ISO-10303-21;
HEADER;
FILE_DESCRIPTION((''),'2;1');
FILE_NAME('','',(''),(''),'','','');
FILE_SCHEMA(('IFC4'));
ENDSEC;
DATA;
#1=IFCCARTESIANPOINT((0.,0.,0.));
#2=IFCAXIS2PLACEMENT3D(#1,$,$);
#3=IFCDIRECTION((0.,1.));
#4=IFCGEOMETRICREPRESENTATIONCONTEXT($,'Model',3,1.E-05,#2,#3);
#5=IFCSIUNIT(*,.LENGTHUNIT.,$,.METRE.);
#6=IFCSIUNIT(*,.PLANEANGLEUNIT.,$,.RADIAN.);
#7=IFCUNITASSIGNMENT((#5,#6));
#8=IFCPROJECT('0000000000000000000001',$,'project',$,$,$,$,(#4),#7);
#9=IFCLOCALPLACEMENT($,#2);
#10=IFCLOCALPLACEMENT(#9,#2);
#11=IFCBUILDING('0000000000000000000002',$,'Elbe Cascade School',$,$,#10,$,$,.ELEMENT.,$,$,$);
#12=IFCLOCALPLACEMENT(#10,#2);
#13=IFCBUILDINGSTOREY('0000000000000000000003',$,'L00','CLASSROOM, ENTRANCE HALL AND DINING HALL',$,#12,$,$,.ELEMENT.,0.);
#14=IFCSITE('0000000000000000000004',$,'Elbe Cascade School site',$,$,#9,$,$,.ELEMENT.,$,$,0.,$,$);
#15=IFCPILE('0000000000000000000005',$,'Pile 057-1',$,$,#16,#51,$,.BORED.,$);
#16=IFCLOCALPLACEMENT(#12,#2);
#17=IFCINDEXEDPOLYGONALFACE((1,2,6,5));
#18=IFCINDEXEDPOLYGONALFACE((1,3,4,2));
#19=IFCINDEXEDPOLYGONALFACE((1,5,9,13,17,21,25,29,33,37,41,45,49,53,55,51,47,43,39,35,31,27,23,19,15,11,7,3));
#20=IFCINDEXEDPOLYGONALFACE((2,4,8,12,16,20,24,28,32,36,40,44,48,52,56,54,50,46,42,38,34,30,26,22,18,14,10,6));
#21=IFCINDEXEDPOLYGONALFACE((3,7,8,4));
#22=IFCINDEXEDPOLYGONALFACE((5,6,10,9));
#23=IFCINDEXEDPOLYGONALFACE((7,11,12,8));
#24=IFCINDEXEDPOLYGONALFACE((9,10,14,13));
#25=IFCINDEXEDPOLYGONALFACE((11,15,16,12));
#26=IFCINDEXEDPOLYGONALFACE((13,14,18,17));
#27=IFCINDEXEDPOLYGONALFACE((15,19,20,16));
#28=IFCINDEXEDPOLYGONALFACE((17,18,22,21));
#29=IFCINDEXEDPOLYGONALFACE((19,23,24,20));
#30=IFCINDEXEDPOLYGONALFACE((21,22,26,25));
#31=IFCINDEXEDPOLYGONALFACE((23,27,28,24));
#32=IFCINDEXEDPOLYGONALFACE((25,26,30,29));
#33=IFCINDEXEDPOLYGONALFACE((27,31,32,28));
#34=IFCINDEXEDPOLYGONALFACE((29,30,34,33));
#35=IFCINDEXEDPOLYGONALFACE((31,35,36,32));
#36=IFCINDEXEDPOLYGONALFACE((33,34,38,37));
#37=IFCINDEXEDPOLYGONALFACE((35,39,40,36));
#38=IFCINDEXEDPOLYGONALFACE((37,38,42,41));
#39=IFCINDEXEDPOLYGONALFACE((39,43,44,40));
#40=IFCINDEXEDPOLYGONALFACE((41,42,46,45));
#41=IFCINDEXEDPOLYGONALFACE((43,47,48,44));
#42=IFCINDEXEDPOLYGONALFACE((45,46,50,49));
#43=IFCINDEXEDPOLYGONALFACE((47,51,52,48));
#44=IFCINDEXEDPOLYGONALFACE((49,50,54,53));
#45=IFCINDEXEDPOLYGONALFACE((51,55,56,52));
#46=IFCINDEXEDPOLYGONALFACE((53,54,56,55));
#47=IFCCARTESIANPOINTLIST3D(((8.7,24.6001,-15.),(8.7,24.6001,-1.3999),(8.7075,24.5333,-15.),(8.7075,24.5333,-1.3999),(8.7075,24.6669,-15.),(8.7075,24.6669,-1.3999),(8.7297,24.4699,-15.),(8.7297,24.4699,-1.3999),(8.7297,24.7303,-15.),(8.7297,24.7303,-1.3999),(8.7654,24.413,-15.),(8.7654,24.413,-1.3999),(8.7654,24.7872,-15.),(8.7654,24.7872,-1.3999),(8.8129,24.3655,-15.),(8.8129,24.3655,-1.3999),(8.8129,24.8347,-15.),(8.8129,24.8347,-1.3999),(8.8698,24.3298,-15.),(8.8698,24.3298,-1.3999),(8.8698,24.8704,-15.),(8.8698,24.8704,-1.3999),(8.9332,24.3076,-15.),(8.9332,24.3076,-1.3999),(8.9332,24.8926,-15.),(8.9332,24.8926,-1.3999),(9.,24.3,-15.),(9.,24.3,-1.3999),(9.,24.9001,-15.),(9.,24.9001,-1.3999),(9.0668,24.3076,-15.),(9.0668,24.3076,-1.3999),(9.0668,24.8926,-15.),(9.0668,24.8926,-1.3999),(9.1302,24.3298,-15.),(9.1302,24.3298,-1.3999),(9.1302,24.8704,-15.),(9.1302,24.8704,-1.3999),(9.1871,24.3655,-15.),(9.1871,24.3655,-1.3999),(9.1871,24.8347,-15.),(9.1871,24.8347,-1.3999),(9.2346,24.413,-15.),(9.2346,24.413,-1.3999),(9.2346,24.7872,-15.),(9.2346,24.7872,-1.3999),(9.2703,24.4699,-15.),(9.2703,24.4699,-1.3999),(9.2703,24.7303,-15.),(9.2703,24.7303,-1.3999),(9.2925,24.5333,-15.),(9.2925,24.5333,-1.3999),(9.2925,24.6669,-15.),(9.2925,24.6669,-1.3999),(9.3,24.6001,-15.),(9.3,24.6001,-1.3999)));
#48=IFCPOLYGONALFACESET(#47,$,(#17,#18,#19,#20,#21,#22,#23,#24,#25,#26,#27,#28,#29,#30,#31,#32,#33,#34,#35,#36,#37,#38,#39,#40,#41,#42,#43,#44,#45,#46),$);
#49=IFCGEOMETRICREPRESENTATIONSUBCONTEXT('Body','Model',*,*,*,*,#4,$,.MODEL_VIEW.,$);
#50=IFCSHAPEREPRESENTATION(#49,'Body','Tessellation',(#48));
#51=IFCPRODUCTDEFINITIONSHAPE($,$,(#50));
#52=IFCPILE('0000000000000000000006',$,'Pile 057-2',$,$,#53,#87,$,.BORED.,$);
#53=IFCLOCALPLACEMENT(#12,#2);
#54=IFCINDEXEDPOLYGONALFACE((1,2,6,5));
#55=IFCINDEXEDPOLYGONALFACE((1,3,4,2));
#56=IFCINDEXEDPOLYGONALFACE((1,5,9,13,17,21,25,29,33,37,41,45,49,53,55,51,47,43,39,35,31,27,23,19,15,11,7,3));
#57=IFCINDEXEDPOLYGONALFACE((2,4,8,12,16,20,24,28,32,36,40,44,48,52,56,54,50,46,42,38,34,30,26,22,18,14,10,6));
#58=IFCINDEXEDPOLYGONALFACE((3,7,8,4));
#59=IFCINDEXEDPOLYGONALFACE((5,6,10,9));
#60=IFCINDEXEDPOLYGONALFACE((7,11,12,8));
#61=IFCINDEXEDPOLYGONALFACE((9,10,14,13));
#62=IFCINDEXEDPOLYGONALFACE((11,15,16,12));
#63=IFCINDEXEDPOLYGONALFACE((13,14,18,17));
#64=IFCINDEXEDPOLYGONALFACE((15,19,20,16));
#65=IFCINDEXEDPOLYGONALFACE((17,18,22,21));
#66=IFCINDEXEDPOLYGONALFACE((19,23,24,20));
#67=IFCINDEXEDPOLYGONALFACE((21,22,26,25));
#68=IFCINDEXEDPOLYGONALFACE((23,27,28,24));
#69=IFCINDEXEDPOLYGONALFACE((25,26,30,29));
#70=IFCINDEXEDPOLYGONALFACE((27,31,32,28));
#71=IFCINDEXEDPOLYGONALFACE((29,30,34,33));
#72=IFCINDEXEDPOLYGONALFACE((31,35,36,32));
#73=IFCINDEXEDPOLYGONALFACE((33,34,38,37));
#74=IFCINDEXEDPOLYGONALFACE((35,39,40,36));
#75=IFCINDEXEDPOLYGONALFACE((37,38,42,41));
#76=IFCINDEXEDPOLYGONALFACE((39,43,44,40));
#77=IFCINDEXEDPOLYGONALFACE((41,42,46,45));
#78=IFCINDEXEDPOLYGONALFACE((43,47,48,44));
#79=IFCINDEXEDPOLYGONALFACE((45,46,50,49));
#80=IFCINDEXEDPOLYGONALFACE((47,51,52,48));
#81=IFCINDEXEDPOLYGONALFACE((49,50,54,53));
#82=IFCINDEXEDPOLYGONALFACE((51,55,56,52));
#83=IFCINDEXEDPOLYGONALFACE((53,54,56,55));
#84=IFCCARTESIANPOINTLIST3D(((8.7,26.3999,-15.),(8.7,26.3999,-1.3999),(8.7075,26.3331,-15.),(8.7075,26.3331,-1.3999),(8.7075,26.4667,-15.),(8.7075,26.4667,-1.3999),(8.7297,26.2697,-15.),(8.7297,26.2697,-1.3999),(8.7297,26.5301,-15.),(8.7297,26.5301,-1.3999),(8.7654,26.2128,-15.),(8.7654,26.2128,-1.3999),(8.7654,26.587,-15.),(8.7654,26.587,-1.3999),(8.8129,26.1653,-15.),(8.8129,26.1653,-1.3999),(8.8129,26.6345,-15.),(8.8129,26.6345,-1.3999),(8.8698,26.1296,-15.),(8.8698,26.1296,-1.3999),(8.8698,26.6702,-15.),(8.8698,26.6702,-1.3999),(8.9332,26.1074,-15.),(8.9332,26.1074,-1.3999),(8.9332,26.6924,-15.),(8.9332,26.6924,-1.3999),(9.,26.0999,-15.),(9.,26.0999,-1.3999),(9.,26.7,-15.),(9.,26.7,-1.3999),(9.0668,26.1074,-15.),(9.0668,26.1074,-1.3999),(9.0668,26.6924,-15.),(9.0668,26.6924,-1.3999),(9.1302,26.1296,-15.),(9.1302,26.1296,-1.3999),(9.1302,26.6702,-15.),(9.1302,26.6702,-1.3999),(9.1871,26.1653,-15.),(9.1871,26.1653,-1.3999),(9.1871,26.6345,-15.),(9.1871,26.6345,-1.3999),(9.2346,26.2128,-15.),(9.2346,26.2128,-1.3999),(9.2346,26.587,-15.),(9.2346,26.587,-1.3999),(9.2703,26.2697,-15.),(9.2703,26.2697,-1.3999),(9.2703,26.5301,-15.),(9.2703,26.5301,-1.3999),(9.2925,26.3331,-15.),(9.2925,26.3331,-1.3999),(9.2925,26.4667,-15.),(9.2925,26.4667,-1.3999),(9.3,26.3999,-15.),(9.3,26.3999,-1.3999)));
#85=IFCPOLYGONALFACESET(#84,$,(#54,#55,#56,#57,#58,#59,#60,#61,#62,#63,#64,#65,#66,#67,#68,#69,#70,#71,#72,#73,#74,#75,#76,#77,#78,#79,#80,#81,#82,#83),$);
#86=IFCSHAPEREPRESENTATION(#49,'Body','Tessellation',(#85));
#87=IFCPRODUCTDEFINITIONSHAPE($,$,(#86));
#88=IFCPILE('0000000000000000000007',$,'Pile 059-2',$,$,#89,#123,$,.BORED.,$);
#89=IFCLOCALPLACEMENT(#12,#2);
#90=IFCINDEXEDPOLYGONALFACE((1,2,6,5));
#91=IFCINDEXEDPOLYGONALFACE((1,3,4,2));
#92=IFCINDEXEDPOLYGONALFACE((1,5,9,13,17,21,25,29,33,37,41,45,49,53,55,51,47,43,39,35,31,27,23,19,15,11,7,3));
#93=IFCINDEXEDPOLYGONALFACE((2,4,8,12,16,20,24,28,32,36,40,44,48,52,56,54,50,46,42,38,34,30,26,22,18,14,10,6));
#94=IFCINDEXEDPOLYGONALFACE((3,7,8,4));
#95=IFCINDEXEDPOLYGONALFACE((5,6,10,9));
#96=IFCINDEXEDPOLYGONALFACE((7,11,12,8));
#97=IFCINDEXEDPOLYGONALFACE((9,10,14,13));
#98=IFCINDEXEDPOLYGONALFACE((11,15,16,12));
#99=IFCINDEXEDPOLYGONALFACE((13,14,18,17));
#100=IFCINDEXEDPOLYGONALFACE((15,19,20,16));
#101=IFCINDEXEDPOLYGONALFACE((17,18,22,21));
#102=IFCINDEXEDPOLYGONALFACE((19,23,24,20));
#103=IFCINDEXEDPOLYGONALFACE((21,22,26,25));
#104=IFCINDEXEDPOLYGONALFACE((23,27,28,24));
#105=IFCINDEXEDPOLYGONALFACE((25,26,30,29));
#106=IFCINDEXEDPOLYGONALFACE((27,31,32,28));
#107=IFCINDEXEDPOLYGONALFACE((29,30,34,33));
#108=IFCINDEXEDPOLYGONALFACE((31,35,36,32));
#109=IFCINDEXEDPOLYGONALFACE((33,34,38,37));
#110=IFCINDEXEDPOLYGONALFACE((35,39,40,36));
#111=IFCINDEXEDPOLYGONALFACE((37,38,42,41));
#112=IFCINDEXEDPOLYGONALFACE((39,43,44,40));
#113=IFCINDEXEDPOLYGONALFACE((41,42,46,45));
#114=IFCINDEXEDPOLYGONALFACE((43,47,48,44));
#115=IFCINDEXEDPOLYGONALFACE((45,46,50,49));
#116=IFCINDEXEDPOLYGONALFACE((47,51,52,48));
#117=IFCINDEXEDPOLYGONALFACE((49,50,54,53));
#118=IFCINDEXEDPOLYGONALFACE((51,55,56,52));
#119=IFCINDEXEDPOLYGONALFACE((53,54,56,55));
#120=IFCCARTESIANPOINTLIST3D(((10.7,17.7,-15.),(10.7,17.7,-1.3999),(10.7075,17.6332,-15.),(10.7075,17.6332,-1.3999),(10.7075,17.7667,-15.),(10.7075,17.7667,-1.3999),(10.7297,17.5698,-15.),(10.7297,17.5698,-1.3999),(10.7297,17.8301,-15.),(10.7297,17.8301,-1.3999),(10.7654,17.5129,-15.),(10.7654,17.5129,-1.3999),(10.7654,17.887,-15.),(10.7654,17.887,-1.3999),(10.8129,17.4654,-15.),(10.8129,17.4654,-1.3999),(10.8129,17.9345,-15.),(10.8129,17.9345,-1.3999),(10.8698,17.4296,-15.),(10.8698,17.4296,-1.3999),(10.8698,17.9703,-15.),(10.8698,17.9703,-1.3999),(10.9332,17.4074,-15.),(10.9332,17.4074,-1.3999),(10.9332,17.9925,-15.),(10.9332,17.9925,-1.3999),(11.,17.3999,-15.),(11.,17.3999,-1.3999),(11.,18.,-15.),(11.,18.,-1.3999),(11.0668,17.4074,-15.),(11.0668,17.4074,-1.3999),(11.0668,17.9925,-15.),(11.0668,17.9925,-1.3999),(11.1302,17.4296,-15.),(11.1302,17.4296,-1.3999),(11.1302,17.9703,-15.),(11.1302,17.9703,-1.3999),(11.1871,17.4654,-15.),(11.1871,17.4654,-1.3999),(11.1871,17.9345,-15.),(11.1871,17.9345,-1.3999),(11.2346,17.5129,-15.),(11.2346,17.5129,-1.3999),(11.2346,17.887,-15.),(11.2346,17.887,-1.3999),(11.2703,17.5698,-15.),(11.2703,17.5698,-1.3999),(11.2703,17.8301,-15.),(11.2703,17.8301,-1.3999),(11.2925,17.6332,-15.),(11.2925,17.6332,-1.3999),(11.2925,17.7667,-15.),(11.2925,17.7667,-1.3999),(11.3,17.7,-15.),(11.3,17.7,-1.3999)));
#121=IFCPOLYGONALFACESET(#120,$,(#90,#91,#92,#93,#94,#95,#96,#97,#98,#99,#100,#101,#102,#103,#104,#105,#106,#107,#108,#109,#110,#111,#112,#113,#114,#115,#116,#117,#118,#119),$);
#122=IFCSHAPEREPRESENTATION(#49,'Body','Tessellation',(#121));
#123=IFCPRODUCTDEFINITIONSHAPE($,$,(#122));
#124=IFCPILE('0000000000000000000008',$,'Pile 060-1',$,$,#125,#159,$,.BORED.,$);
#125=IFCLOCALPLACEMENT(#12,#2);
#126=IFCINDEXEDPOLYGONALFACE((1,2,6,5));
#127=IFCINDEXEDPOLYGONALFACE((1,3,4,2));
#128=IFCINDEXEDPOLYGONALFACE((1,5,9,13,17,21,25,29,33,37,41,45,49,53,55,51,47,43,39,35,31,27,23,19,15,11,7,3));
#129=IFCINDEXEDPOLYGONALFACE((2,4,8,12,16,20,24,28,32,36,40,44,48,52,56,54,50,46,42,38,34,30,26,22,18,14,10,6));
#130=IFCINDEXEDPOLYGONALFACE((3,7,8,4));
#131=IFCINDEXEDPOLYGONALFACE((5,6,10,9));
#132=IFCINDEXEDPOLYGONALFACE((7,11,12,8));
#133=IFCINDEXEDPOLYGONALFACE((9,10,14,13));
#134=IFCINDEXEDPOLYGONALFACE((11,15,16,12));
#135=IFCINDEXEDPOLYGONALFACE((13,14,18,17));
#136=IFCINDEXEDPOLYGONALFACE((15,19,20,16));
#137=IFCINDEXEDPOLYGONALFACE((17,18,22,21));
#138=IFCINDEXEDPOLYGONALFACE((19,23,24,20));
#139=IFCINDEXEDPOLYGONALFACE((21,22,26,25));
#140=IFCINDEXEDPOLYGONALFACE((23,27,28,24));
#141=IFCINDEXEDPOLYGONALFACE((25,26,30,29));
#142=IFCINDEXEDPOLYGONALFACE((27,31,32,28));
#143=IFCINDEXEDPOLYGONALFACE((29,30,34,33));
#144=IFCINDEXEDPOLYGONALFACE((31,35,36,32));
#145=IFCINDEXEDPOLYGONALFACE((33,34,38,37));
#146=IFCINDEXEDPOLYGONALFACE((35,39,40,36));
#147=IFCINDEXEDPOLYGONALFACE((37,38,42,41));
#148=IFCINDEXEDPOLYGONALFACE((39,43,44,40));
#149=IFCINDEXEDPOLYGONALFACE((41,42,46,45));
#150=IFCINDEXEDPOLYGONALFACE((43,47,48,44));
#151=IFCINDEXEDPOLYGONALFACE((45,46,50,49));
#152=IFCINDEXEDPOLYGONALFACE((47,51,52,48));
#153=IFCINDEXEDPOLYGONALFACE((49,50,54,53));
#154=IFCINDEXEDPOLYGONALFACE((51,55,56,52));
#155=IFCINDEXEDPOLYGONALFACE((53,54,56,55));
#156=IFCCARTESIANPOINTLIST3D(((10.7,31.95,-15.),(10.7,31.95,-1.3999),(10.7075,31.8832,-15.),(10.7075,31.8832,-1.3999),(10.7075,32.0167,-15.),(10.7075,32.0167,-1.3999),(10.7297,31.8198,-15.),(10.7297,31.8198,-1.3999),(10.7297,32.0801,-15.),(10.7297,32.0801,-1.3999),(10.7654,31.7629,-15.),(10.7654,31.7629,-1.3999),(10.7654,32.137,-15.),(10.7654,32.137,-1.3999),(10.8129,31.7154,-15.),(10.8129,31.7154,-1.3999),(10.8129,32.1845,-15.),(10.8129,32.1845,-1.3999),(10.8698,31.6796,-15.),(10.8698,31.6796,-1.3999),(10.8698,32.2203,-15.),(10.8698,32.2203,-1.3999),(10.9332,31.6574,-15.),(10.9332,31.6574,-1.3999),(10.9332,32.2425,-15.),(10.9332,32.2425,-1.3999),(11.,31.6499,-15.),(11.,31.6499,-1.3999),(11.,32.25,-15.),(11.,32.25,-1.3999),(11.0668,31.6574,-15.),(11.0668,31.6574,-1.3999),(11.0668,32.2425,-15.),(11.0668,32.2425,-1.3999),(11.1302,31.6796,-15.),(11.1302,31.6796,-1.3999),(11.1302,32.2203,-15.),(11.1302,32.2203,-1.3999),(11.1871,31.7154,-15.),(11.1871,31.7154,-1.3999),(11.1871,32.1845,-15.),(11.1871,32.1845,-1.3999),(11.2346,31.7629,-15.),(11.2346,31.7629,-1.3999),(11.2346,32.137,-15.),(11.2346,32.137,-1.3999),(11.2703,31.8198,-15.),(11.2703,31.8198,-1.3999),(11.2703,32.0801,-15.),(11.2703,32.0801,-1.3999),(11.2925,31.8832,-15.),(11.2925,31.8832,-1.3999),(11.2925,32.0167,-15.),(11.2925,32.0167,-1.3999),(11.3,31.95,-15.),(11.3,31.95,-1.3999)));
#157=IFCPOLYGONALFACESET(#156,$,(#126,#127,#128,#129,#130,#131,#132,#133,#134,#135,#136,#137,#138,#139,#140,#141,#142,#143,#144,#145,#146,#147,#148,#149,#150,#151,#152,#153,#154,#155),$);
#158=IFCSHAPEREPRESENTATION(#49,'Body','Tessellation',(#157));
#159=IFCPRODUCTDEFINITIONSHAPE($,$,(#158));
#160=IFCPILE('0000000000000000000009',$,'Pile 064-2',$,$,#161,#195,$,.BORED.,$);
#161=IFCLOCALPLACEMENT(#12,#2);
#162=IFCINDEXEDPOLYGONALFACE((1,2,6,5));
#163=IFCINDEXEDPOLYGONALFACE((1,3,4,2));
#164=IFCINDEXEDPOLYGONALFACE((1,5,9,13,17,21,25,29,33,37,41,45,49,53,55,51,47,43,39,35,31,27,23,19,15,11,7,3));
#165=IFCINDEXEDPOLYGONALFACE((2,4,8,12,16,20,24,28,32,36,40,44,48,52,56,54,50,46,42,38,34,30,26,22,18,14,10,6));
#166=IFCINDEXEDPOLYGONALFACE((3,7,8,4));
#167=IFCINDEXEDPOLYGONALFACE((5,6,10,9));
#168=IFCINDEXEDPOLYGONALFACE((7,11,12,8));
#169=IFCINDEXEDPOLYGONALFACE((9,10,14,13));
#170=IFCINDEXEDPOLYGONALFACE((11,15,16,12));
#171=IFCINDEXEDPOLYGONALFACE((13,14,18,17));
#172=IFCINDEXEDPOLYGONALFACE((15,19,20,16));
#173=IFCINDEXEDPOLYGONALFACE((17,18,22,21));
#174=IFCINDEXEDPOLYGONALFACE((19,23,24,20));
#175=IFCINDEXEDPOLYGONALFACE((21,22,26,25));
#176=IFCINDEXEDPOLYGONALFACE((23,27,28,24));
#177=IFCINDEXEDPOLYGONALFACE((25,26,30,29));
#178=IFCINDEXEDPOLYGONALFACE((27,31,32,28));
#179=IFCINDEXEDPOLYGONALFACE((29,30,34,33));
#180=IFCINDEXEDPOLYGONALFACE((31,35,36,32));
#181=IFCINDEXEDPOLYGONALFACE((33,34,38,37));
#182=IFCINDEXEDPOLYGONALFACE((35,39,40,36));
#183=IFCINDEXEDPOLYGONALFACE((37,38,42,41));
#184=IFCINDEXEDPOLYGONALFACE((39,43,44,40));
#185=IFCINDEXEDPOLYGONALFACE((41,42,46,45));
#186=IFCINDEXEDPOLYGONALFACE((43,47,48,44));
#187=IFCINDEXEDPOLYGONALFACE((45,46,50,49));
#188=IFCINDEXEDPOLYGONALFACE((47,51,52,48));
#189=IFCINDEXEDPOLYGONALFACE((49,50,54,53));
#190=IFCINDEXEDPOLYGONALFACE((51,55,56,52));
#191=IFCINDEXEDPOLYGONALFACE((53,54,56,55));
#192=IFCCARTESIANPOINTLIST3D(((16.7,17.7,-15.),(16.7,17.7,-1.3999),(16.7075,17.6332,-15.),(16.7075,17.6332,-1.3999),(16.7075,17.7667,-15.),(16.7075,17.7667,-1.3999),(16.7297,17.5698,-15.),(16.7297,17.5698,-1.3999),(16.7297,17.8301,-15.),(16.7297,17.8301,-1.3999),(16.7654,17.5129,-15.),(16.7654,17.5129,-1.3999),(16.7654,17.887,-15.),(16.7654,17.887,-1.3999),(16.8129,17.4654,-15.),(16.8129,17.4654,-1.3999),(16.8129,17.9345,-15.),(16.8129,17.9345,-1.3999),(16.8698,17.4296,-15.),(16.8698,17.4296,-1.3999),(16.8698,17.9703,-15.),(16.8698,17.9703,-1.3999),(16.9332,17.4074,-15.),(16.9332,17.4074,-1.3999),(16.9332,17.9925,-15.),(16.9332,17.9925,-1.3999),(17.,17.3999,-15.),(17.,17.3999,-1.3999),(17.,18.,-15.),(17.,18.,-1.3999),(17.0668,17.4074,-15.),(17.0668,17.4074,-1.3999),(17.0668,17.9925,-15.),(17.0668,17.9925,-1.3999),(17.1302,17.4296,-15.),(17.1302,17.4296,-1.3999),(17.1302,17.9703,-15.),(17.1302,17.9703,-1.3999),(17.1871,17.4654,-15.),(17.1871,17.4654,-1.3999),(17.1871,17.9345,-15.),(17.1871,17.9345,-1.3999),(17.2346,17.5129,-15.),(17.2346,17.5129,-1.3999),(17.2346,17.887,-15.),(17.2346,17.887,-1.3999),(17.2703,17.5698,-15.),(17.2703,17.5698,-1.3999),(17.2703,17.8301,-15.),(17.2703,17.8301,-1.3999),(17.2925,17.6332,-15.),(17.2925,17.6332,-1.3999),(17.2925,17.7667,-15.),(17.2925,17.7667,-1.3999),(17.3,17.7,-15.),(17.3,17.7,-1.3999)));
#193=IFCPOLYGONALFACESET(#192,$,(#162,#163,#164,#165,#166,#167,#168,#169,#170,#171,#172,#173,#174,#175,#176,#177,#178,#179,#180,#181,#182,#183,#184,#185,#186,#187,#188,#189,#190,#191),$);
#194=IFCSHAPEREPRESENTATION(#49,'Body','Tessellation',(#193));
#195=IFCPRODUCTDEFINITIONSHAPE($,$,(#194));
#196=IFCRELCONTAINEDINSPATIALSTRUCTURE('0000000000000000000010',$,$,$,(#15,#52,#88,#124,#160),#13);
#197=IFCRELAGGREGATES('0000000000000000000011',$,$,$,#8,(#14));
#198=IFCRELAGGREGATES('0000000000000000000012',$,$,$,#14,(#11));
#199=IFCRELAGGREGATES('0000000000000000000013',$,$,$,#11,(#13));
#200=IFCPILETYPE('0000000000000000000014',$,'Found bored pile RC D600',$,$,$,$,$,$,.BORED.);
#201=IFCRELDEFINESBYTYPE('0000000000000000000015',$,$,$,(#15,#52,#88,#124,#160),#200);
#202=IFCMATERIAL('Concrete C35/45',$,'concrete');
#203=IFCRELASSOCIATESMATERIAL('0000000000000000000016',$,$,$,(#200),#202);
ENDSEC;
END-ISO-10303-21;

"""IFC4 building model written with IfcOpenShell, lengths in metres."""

from ifc_helpers import new_model, si_unit, direction, frame, origin, origin_2d, place, context, subcontext, project, spatial, circle, extrude, material, material_profile, profile_set, type_object, element, save


model = new_model("IFC4")

# Units and contexts
model_context = context("Model", 3, precision=1e-05, world=origin(), true_north=direction((0.0, 1.0)))
body_context = subcontext(model_context, "Body", "Model", "MODEL_VIEW")
ifc_project = project(units=[si_unit("LENGTHUNIT", "METRE"), si_unit("PLANEANGLEUNIT", "RADIAN")], contexts=[model_context])

# Site, building, storey
site_placement = place(None, origin())
site = spatial("IfcSite", under=ifc_project, at=site_placement, Name="Elbe Cascade School site", CompositionType="ELEMENT", RefElevation=0.0)
building_placement = place(site_placement, origin())
building = spatial("IfcBuilding", under=site, at=building_placement, Name="Elbe Cascade School", CompositionType="ELEMENT")
storey_placement = place(building_placement, origin())
storey = spatial("IfcBuildingStorey", under=building, at=storey_placement, Name="L00", Description="CLASSROOM, ENTRANCE HALL AND DINING HALL", CompositionType="ELEMENT", Elevation=0.0)

# Piles
ifc_material_1 = material(Name="Concrete C35/45", Category="concrete")
ifc_material_profile_1 = material_profile(ifc_material_1, circle(Radius=0.3, at=origin_2d()), Name="RC D600")
ifc_profile_set_1 = profile_set([ifc_material_profile_1], Name="Concrete C35/45")
pile_type = type_object("IfcPileType", Name="Found bored pile RC D600", PredefinedType="BORED", material=ifc_profile_set_1)
for number, where, z_axis, x_axis, name in (
    (1, (9.0, 24.6001, -1.3999), (0.0, 0.0, -1.0), (1.0, 0.0, 0.0), "Pile 057-1"),
    (2, (9.0, 26.3999, -1.3999), (0.0, 0.0, -1.0), (1.0, 0.0, 0.0), "Pile 057-2"),
    (3, (11.0, 17.7, -1.3999), (0.0, 0.0, -1.0), (1.0, 0.0, 0.0), "Pile 059-2"),
    (4, (11.0, 31.95, -1.3999), (0.0, 0.0, -1.0), (1.0, 0.0, 0.0), "Pile 060-1"),
    (5, (17.0, 17.7, -1.3999), (0.0, 0.0, -1.0), (1.0, 0.0, 0.0), "Pile 064-2"),
):
    element("IfcPile", number, at=place(storey_placement, frame(where, z_axis=z_axis, x_axis=x_axis)), inside=storey, type_object=pile_type, Name=name, PredefinedType="BORED", context=body_context, shape_type="SweptSolid", body=[
        extrude(circle(Radius=0.3, at=origin_2d()), origin(), (0.0, 0.0, 1.0), 13.6001),
    ])

save(model, "model.ifc")
